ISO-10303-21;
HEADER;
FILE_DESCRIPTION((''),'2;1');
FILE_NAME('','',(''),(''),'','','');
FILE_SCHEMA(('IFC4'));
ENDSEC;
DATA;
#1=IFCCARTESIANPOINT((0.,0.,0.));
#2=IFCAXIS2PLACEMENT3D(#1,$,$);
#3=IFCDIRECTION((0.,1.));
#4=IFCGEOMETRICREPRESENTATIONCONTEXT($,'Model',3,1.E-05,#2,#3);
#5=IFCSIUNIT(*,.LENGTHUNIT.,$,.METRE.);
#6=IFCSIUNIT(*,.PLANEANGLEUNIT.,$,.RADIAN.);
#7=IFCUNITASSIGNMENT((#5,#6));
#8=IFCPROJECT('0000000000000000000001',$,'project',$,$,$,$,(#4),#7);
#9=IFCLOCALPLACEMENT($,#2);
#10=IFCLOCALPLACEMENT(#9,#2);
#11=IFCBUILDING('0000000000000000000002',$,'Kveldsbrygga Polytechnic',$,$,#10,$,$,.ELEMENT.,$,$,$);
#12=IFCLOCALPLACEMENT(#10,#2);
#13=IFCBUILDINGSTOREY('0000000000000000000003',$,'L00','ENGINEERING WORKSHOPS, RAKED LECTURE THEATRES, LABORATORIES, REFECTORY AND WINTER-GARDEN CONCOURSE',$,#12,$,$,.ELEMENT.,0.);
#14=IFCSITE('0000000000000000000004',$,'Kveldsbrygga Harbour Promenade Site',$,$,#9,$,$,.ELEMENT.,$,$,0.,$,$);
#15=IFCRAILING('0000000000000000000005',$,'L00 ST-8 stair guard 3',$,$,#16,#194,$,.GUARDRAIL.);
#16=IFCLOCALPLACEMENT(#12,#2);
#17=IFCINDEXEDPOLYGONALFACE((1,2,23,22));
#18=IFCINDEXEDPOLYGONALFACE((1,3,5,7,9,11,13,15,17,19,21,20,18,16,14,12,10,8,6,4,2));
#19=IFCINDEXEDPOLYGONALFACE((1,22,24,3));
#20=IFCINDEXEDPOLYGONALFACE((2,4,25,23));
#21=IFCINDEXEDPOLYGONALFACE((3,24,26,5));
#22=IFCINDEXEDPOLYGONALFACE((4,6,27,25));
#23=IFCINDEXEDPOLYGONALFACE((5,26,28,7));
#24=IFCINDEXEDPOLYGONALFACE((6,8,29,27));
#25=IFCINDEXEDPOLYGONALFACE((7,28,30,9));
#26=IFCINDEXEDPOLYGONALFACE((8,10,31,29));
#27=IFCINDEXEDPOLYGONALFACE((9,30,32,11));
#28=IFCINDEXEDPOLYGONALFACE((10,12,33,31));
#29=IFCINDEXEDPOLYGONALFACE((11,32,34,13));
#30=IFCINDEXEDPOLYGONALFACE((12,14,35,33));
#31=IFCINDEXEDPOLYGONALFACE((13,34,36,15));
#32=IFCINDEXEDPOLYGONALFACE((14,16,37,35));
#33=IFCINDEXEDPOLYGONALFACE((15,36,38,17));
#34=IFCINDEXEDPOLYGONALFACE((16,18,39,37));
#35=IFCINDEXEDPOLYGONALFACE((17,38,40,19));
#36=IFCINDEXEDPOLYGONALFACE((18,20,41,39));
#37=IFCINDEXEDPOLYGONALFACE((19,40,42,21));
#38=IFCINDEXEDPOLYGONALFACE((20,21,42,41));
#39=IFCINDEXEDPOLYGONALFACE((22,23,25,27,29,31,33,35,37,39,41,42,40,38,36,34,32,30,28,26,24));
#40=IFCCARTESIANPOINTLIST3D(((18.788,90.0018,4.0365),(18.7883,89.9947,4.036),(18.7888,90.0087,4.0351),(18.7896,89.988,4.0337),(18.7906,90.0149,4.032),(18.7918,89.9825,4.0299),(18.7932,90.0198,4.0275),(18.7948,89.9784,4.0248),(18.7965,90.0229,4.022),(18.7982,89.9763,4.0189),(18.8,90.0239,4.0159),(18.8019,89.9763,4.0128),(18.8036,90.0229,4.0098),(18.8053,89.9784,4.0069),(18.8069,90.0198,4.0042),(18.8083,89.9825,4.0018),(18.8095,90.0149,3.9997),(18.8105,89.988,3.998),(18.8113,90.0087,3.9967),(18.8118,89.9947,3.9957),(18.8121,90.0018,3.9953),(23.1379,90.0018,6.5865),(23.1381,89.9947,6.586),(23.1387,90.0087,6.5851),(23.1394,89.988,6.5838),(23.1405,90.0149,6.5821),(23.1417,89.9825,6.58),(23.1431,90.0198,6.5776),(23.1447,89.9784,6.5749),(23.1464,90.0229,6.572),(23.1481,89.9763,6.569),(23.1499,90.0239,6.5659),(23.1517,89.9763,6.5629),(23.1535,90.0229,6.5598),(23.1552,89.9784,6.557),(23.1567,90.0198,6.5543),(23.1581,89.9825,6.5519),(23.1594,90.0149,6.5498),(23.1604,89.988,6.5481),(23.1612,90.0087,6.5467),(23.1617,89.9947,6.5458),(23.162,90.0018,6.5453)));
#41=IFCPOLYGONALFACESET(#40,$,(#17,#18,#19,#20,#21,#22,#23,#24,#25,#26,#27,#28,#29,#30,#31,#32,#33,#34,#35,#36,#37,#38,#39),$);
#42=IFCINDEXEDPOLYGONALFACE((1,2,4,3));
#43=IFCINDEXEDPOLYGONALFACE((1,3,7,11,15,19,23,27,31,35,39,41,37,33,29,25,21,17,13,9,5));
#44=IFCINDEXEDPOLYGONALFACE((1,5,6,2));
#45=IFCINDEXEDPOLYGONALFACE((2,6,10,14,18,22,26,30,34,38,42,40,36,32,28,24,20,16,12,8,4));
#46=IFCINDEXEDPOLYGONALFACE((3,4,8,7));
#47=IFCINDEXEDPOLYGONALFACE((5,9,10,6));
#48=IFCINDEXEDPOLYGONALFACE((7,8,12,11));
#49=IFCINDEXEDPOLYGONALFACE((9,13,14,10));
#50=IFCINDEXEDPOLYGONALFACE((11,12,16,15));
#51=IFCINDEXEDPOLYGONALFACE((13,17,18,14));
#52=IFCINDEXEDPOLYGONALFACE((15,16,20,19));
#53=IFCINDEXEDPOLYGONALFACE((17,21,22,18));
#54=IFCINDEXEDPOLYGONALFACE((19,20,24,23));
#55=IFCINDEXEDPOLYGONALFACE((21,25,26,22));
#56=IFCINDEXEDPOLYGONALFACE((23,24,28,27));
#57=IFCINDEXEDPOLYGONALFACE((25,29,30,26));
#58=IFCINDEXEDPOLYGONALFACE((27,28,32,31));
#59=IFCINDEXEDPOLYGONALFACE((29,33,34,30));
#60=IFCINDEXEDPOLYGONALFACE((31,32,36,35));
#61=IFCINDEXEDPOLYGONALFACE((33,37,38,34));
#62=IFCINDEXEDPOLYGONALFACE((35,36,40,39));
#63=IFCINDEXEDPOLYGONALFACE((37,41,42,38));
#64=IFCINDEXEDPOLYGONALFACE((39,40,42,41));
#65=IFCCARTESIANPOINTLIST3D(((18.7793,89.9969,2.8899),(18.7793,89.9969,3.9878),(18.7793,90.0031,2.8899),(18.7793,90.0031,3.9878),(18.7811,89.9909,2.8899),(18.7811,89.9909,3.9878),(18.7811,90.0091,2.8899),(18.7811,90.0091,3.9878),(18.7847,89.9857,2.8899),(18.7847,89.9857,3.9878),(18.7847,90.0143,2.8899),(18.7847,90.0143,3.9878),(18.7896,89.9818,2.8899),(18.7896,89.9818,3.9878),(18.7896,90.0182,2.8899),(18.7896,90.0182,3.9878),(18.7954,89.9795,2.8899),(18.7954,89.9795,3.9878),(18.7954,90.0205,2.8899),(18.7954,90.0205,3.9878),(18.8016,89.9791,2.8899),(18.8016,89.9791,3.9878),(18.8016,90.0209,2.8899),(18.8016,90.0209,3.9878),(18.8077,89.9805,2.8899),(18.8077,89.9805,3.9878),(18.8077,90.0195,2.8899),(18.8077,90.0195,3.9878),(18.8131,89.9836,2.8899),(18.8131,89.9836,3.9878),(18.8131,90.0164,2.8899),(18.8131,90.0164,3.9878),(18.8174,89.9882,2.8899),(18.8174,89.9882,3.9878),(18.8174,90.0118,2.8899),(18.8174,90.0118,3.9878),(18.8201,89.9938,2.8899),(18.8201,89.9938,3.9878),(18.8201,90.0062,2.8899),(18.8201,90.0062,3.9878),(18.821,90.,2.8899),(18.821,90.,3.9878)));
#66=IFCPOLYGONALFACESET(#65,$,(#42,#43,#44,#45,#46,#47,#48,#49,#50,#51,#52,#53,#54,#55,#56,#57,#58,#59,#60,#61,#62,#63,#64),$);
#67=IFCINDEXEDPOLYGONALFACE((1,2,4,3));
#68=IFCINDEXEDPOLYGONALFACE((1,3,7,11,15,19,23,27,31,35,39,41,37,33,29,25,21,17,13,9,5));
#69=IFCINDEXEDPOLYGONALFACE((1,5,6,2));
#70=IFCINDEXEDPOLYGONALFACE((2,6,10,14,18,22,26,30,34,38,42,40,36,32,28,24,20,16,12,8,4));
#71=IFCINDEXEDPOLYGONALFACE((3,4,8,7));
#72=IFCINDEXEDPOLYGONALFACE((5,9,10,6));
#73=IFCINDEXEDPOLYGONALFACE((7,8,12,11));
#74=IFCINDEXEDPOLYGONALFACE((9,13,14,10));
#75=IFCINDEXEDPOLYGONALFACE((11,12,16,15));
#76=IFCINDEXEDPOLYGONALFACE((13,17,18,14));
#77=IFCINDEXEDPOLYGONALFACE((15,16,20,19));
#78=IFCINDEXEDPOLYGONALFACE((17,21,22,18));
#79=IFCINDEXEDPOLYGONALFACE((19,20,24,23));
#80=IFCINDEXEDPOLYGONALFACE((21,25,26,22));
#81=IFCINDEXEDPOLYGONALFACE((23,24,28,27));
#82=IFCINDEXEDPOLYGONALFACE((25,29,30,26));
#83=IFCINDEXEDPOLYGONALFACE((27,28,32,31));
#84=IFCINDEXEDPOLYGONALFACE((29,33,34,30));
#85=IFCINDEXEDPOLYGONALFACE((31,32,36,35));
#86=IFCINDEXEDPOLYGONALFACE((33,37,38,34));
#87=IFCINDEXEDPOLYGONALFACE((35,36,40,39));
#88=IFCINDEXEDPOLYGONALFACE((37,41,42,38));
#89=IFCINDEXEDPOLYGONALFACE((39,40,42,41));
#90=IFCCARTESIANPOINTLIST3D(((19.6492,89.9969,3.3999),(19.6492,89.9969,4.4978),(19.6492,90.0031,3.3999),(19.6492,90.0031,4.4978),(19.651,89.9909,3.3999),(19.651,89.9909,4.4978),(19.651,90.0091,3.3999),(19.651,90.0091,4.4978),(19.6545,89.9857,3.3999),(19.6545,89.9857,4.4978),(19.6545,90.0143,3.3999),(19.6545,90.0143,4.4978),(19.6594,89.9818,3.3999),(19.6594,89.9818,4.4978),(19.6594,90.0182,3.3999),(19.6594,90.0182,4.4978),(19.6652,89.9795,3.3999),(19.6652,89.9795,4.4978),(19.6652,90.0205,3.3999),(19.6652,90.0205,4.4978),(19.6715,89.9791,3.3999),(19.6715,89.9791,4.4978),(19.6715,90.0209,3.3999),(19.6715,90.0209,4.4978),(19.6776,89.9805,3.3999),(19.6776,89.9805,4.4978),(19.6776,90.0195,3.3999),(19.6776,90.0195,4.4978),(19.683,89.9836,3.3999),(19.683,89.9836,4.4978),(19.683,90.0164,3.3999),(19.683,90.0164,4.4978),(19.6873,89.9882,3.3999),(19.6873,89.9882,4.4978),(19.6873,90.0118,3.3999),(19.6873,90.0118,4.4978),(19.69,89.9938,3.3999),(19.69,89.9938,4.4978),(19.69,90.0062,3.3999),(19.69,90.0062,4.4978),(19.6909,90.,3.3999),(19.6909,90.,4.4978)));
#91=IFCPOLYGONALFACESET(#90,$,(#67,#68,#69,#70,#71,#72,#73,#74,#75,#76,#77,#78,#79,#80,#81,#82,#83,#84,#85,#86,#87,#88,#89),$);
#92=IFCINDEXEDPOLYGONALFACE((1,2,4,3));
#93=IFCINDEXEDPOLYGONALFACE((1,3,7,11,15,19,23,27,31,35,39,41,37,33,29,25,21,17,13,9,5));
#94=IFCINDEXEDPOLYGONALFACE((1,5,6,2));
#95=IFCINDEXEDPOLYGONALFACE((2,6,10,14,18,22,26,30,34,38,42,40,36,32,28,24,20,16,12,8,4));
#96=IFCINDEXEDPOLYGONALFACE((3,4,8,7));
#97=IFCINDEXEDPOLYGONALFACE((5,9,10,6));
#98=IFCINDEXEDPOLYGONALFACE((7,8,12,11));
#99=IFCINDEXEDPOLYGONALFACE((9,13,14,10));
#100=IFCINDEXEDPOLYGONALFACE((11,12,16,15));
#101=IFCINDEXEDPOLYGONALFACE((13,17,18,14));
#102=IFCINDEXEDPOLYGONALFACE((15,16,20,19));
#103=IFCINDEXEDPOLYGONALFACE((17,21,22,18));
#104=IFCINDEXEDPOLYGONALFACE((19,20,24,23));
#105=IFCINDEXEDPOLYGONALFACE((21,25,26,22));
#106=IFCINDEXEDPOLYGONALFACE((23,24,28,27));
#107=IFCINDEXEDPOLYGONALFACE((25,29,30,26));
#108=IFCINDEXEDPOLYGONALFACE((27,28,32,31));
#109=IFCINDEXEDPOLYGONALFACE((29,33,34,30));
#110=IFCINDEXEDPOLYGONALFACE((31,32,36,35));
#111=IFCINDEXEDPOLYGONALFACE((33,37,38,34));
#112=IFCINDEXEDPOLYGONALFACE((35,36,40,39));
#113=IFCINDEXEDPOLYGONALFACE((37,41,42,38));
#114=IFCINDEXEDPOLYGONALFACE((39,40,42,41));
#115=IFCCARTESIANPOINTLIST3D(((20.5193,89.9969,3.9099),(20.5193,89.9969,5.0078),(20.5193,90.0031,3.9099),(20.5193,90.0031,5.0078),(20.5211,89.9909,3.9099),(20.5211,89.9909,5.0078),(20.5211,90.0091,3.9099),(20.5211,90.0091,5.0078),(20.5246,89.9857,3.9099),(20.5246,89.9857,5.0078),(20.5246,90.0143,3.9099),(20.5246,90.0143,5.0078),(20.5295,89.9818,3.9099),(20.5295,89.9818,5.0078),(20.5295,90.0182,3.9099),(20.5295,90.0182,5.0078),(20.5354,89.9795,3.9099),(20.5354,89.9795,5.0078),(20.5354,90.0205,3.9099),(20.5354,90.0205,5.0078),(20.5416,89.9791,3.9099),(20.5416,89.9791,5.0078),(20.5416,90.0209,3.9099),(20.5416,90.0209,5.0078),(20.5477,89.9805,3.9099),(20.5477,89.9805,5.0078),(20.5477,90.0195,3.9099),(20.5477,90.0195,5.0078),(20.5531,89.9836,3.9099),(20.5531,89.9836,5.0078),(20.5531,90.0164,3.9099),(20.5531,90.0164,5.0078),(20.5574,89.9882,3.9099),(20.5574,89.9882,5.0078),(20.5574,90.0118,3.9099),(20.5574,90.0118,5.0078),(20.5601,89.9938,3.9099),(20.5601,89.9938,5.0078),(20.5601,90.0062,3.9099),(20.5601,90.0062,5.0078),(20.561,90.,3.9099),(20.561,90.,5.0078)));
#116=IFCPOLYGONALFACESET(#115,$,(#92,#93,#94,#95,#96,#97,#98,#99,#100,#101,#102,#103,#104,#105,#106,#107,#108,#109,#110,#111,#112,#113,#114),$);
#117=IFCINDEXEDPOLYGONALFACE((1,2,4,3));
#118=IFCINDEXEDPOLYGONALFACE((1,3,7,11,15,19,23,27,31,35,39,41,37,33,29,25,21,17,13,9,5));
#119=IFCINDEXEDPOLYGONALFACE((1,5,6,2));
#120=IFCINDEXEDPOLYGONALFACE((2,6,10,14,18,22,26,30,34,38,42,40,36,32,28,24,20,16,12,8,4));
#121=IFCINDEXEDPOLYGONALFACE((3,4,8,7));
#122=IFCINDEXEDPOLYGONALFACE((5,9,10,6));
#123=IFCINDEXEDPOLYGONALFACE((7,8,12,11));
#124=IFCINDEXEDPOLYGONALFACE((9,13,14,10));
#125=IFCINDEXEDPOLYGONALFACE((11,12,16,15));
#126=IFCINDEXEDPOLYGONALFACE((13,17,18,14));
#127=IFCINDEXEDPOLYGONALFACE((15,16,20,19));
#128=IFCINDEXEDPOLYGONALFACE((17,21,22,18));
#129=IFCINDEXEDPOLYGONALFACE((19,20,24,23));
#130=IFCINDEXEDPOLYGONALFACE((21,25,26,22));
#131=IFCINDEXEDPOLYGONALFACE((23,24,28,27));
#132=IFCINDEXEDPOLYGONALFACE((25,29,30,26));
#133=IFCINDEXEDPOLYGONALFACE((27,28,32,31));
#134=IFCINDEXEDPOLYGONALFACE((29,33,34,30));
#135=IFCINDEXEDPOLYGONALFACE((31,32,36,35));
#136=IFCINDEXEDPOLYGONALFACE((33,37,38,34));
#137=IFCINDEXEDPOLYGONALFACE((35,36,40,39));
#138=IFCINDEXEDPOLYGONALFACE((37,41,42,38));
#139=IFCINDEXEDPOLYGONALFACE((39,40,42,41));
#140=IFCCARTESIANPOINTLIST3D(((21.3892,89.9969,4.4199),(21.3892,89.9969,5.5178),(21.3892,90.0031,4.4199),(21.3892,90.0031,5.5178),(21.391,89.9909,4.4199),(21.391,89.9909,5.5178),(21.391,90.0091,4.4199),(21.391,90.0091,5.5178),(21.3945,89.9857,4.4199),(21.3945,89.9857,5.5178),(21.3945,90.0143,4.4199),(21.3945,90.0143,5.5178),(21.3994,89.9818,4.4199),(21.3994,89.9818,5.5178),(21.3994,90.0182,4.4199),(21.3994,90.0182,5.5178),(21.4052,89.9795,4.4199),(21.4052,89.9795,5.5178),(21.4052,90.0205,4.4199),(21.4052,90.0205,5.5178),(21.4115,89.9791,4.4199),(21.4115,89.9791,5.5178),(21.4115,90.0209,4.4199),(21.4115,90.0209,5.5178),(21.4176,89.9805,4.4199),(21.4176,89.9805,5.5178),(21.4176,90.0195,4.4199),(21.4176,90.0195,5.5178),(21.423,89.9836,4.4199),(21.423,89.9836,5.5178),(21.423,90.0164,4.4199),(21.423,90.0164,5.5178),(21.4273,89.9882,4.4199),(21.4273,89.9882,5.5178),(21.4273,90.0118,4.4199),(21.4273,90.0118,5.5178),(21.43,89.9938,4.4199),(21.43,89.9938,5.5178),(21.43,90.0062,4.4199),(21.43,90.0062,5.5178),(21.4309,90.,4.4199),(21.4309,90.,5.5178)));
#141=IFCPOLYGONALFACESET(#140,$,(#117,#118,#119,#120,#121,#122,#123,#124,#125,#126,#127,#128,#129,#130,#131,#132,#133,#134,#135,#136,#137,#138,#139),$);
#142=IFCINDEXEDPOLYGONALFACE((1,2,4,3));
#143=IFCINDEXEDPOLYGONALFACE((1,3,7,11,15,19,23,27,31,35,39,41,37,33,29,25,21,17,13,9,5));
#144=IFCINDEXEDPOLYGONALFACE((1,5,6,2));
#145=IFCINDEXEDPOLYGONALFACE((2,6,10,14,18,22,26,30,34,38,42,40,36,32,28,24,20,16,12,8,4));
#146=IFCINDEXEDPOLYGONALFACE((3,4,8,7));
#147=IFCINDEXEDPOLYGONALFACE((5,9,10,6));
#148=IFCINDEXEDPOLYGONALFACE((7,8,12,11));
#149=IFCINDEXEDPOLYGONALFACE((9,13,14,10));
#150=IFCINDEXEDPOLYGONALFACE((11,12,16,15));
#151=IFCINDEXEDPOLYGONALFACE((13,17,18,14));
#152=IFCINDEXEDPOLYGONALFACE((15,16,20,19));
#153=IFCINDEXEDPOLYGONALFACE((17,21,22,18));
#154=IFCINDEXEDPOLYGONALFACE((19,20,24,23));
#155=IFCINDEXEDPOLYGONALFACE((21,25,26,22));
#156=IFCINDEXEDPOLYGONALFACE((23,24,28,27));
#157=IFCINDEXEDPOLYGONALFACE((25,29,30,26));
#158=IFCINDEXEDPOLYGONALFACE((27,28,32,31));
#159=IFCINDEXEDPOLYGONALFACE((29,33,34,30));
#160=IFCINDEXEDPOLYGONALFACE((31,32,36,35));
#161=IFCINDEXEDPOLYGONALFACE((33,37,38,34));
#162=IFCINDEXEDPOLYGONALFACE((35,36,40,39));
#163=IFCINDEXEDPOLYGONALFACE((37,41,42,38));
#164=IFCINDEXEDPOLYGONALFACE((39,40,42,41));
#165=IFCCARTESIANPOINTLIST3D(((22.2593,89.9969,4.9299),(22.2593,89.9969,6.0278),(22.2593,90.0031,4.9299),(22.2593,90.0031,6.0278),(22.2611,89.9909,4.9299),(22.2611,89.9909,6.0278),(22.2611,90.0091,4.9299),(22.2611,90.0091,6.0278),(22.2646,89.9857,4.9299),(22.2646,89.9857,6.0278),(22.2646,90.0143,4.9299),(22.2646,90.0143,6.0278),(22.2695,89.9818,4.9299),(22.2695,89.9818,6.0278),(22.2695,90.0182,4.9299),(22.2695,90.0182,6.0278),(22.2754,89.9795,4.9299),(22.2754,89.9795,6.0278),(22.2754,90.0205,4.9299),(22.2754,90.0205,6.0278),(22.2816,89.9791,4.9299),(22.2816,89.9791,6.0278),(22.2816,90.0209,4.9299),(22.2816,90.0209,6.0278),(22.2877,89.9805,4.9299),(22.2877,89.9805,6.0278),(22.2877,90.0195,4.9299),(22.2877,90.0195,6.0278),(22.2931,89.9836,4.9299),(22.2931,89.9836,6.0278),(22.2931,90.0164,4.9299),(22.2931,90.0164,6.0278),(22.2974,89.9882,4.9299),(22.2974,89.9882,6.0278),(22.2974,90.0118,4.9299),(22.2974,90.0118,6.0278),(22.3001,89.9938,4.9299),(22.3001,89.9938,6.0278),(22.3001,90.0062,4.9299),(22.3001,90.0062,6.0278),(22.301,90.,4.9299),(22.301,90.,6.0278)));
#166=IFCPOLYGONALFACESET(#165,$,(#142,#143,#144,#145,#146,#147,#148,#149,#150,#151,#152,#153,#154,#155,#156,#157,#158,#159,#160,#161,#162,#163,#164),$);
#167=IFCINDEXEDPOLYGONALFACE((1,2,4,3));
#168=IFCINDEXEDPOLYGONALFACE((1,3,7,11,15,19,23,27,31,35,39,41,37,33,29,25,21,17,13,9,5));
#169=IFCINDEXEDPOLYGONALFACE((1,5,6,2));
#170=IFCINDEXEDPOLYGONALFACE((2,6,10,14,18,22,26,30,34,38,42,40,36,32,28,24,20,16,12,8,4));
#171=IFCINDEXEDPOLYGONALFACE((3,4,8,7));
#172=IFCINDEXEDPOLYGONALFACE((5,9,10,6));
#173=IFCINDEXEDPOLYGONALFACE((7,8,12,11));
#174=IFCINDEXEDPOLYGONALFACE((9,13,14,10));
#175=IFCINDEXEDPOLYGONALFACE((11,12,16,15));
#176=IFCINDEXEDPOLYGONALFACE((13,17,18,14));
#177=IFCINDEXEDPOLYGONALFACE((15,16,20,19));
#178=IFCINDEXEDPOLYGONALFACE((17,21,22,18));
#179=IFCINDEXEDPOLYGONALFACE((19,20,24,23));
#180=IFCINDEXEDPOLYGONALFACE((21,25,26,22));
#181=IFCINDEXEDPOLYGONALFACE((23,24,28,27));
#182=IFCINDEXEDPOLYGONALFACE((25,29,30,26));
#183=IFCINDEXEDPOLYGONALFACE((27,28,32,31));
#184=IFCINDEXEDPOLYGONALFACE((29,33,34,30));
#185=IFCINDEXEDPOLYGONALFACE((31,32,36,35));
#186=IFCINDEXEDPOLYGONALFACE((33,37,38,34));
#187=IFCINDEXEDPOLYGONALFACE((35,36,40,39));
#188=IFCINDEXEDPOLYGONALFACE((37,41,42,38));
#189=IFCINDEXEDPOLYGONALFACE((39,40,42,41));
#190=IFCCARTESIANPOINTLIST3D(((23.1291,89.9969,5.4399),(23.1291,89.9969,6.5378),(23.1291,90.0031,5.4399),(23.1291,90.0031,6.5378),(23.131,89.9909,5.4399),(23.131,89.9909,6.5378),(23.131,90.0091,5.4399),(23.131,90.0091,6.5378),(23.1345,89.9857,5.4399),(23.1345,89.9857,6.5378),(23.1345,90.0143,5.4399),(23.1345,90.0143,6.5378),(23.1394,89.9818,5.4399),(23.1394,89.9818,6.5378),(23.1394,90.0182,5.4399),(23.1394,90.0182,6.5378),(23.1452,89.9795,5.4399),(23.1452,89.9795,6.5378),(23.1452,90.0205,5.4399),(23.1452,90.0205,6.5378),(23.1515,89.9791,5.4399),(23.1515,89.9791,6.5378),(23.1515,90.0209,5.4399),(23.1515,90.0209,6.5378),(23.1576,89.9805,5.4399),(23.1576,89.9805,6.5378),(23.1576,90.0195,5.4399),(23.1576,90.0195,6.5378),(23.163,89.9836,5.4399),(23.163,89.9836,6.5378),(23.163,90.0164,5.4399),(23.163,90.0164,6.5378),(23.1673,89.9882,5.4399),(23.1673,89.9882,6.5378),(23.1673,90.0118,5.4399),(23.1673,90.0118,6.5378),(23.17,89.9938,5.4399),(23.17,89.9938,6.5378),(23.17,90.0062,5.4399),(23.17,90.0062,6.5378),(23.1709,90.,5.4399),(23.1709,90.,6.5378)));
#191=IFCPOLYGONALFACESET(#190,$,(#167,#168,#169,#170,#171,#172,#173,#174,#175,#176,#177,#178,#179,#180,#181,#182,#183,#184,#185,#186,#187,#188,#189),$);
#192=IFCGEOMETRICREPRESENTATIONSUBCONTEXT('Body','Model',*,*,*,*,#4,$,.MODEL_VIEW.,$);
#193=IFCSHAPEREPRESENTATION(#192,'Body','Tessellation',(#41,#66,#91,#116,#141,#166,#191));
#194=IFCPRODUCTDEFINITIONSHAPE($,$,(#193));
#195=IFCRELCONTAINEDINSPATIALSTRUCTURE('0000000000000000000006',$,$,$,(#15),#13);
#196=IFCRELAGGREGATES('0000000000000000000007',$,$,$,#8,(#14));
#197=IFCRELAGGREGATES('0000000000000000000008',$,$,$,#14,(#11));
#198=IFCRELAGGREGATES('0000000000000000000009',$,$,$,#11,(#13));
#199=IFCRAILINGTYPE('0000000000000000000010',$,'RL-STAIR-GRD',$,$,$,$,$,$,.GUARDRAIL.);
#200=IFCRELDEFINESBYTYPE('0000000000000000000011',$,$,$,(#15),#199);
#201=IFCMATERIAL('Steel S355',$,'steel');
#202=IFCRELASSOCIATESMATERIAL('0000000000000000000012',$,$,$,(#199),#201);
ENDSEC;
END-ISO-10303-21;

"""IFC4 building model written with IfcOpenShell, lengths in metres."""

from ifc_helpers import new_model, si_unit, direction, frame, origin, origin_2d, place, context, subcontext, project, spatial, circle, extrude, material, type_object, element, save


model = new_model("IFC4")

# Units and contexts
model_context = context("Model", 3, precision=1e-05, world=origin(), true_north=direction((0.0, 1.0)))
body_context = subcontext(model_context, "Body", "Model", "MODEL_VIEW")
ifc_project = project(units=[si_unit("LENGTHUNIT", "METRE"), si_unit("PLANEANGLEUNIT", "RADIAN")], contexts=[model_context])

# Site, building, storey
site_placement = place(None, origin())
site = spatial("IfcSite", under=ifc_project, at=site_placement, Name="Kveldsbrygga Harbour Promenade Site", CompositionType="ELEMENT", RefElevation=0.0)
building_placement = place(site_placement, origin())
building = spatial("IfcBuilding", under=site, at=building_placement, Name="Kveldsbrygga Polytechnic", CompositionType="ELEMENT")
storey_placement = place(building_placement, origin())
storey = spatial("IfcBuildingStorey", under=building, at=storey_placement, Name="L00", Description="ENGINEERING WORKSHOPS, RAKED LECTURE THEATRES, LABORATORIES, REFECTORY AND WINTER-GARDEN CONCOURSE", CompositionType="ELEMENT", Elevation=0.0)

# Shared definitions
ifc_material_1 = material(Name="Steel S355", Category="steel")

# Railing
railing_type_1 = type_object("IfcRailingType", Name="RL-STAIR-GRD", PredefinedType="GUARDRAIL", material=ifc_material_1)
railing_1_placement = place(storey_placement, frame((18.8, 90.0, 2.8899)))
element("IfcRailing", 1, at=railing_1_placement, inside=storey, type_object=railing_type_1, Name="L00 ST-8 stair guard 3", PredefinedType="GUARDRAIL", context=body_context, shape_type="SweptSolid", body=[
    extrude(circle(Radius=0.0239, at=origin_2d()), frame((0.0, 0.0, 1.126), z_axis=(0.862686, 0.0, 0.505739), x_axis=(0.0, 1.0, 0.0)), (0.0, 0.0, 1.0), 5.0422),
    extrude(circle(Radius=0.021, at=origin_2d()), origin(), (0.0, 0.0, 1.0), 1.0979),
    extrude(circle(Radius=0.021, at=origin_2d()), frame((0.8699, 0.0, 0.51)), (0.0, 0.0, 1.0), 1.0979),
    extrude(circle(Radius=0.021, at=origin_2d()), frame((1.74, 0.0, 1.02)), (0.0, 0.0, 1.0), 1.0979),
    extrude(circle(Radius=0.021, at=origin_2d()), frame((2.6099, 0.0, 1.53)), (0.0, 0.0, 1.0), 1.0979),
    extrude(circle(Radius=0.021, at=origin_2d()), frame((3.48, 0.0, 2.04)), (0.0, 0.0, 1.0), 1.0979),
    extrude(circle(Radius=0.021, at=origin_2d()), frame((4.3499, 0.0, 2.55)), (0.0, 0.0, 1.0), 1.0979),
])

save(model, "model.ifc")
